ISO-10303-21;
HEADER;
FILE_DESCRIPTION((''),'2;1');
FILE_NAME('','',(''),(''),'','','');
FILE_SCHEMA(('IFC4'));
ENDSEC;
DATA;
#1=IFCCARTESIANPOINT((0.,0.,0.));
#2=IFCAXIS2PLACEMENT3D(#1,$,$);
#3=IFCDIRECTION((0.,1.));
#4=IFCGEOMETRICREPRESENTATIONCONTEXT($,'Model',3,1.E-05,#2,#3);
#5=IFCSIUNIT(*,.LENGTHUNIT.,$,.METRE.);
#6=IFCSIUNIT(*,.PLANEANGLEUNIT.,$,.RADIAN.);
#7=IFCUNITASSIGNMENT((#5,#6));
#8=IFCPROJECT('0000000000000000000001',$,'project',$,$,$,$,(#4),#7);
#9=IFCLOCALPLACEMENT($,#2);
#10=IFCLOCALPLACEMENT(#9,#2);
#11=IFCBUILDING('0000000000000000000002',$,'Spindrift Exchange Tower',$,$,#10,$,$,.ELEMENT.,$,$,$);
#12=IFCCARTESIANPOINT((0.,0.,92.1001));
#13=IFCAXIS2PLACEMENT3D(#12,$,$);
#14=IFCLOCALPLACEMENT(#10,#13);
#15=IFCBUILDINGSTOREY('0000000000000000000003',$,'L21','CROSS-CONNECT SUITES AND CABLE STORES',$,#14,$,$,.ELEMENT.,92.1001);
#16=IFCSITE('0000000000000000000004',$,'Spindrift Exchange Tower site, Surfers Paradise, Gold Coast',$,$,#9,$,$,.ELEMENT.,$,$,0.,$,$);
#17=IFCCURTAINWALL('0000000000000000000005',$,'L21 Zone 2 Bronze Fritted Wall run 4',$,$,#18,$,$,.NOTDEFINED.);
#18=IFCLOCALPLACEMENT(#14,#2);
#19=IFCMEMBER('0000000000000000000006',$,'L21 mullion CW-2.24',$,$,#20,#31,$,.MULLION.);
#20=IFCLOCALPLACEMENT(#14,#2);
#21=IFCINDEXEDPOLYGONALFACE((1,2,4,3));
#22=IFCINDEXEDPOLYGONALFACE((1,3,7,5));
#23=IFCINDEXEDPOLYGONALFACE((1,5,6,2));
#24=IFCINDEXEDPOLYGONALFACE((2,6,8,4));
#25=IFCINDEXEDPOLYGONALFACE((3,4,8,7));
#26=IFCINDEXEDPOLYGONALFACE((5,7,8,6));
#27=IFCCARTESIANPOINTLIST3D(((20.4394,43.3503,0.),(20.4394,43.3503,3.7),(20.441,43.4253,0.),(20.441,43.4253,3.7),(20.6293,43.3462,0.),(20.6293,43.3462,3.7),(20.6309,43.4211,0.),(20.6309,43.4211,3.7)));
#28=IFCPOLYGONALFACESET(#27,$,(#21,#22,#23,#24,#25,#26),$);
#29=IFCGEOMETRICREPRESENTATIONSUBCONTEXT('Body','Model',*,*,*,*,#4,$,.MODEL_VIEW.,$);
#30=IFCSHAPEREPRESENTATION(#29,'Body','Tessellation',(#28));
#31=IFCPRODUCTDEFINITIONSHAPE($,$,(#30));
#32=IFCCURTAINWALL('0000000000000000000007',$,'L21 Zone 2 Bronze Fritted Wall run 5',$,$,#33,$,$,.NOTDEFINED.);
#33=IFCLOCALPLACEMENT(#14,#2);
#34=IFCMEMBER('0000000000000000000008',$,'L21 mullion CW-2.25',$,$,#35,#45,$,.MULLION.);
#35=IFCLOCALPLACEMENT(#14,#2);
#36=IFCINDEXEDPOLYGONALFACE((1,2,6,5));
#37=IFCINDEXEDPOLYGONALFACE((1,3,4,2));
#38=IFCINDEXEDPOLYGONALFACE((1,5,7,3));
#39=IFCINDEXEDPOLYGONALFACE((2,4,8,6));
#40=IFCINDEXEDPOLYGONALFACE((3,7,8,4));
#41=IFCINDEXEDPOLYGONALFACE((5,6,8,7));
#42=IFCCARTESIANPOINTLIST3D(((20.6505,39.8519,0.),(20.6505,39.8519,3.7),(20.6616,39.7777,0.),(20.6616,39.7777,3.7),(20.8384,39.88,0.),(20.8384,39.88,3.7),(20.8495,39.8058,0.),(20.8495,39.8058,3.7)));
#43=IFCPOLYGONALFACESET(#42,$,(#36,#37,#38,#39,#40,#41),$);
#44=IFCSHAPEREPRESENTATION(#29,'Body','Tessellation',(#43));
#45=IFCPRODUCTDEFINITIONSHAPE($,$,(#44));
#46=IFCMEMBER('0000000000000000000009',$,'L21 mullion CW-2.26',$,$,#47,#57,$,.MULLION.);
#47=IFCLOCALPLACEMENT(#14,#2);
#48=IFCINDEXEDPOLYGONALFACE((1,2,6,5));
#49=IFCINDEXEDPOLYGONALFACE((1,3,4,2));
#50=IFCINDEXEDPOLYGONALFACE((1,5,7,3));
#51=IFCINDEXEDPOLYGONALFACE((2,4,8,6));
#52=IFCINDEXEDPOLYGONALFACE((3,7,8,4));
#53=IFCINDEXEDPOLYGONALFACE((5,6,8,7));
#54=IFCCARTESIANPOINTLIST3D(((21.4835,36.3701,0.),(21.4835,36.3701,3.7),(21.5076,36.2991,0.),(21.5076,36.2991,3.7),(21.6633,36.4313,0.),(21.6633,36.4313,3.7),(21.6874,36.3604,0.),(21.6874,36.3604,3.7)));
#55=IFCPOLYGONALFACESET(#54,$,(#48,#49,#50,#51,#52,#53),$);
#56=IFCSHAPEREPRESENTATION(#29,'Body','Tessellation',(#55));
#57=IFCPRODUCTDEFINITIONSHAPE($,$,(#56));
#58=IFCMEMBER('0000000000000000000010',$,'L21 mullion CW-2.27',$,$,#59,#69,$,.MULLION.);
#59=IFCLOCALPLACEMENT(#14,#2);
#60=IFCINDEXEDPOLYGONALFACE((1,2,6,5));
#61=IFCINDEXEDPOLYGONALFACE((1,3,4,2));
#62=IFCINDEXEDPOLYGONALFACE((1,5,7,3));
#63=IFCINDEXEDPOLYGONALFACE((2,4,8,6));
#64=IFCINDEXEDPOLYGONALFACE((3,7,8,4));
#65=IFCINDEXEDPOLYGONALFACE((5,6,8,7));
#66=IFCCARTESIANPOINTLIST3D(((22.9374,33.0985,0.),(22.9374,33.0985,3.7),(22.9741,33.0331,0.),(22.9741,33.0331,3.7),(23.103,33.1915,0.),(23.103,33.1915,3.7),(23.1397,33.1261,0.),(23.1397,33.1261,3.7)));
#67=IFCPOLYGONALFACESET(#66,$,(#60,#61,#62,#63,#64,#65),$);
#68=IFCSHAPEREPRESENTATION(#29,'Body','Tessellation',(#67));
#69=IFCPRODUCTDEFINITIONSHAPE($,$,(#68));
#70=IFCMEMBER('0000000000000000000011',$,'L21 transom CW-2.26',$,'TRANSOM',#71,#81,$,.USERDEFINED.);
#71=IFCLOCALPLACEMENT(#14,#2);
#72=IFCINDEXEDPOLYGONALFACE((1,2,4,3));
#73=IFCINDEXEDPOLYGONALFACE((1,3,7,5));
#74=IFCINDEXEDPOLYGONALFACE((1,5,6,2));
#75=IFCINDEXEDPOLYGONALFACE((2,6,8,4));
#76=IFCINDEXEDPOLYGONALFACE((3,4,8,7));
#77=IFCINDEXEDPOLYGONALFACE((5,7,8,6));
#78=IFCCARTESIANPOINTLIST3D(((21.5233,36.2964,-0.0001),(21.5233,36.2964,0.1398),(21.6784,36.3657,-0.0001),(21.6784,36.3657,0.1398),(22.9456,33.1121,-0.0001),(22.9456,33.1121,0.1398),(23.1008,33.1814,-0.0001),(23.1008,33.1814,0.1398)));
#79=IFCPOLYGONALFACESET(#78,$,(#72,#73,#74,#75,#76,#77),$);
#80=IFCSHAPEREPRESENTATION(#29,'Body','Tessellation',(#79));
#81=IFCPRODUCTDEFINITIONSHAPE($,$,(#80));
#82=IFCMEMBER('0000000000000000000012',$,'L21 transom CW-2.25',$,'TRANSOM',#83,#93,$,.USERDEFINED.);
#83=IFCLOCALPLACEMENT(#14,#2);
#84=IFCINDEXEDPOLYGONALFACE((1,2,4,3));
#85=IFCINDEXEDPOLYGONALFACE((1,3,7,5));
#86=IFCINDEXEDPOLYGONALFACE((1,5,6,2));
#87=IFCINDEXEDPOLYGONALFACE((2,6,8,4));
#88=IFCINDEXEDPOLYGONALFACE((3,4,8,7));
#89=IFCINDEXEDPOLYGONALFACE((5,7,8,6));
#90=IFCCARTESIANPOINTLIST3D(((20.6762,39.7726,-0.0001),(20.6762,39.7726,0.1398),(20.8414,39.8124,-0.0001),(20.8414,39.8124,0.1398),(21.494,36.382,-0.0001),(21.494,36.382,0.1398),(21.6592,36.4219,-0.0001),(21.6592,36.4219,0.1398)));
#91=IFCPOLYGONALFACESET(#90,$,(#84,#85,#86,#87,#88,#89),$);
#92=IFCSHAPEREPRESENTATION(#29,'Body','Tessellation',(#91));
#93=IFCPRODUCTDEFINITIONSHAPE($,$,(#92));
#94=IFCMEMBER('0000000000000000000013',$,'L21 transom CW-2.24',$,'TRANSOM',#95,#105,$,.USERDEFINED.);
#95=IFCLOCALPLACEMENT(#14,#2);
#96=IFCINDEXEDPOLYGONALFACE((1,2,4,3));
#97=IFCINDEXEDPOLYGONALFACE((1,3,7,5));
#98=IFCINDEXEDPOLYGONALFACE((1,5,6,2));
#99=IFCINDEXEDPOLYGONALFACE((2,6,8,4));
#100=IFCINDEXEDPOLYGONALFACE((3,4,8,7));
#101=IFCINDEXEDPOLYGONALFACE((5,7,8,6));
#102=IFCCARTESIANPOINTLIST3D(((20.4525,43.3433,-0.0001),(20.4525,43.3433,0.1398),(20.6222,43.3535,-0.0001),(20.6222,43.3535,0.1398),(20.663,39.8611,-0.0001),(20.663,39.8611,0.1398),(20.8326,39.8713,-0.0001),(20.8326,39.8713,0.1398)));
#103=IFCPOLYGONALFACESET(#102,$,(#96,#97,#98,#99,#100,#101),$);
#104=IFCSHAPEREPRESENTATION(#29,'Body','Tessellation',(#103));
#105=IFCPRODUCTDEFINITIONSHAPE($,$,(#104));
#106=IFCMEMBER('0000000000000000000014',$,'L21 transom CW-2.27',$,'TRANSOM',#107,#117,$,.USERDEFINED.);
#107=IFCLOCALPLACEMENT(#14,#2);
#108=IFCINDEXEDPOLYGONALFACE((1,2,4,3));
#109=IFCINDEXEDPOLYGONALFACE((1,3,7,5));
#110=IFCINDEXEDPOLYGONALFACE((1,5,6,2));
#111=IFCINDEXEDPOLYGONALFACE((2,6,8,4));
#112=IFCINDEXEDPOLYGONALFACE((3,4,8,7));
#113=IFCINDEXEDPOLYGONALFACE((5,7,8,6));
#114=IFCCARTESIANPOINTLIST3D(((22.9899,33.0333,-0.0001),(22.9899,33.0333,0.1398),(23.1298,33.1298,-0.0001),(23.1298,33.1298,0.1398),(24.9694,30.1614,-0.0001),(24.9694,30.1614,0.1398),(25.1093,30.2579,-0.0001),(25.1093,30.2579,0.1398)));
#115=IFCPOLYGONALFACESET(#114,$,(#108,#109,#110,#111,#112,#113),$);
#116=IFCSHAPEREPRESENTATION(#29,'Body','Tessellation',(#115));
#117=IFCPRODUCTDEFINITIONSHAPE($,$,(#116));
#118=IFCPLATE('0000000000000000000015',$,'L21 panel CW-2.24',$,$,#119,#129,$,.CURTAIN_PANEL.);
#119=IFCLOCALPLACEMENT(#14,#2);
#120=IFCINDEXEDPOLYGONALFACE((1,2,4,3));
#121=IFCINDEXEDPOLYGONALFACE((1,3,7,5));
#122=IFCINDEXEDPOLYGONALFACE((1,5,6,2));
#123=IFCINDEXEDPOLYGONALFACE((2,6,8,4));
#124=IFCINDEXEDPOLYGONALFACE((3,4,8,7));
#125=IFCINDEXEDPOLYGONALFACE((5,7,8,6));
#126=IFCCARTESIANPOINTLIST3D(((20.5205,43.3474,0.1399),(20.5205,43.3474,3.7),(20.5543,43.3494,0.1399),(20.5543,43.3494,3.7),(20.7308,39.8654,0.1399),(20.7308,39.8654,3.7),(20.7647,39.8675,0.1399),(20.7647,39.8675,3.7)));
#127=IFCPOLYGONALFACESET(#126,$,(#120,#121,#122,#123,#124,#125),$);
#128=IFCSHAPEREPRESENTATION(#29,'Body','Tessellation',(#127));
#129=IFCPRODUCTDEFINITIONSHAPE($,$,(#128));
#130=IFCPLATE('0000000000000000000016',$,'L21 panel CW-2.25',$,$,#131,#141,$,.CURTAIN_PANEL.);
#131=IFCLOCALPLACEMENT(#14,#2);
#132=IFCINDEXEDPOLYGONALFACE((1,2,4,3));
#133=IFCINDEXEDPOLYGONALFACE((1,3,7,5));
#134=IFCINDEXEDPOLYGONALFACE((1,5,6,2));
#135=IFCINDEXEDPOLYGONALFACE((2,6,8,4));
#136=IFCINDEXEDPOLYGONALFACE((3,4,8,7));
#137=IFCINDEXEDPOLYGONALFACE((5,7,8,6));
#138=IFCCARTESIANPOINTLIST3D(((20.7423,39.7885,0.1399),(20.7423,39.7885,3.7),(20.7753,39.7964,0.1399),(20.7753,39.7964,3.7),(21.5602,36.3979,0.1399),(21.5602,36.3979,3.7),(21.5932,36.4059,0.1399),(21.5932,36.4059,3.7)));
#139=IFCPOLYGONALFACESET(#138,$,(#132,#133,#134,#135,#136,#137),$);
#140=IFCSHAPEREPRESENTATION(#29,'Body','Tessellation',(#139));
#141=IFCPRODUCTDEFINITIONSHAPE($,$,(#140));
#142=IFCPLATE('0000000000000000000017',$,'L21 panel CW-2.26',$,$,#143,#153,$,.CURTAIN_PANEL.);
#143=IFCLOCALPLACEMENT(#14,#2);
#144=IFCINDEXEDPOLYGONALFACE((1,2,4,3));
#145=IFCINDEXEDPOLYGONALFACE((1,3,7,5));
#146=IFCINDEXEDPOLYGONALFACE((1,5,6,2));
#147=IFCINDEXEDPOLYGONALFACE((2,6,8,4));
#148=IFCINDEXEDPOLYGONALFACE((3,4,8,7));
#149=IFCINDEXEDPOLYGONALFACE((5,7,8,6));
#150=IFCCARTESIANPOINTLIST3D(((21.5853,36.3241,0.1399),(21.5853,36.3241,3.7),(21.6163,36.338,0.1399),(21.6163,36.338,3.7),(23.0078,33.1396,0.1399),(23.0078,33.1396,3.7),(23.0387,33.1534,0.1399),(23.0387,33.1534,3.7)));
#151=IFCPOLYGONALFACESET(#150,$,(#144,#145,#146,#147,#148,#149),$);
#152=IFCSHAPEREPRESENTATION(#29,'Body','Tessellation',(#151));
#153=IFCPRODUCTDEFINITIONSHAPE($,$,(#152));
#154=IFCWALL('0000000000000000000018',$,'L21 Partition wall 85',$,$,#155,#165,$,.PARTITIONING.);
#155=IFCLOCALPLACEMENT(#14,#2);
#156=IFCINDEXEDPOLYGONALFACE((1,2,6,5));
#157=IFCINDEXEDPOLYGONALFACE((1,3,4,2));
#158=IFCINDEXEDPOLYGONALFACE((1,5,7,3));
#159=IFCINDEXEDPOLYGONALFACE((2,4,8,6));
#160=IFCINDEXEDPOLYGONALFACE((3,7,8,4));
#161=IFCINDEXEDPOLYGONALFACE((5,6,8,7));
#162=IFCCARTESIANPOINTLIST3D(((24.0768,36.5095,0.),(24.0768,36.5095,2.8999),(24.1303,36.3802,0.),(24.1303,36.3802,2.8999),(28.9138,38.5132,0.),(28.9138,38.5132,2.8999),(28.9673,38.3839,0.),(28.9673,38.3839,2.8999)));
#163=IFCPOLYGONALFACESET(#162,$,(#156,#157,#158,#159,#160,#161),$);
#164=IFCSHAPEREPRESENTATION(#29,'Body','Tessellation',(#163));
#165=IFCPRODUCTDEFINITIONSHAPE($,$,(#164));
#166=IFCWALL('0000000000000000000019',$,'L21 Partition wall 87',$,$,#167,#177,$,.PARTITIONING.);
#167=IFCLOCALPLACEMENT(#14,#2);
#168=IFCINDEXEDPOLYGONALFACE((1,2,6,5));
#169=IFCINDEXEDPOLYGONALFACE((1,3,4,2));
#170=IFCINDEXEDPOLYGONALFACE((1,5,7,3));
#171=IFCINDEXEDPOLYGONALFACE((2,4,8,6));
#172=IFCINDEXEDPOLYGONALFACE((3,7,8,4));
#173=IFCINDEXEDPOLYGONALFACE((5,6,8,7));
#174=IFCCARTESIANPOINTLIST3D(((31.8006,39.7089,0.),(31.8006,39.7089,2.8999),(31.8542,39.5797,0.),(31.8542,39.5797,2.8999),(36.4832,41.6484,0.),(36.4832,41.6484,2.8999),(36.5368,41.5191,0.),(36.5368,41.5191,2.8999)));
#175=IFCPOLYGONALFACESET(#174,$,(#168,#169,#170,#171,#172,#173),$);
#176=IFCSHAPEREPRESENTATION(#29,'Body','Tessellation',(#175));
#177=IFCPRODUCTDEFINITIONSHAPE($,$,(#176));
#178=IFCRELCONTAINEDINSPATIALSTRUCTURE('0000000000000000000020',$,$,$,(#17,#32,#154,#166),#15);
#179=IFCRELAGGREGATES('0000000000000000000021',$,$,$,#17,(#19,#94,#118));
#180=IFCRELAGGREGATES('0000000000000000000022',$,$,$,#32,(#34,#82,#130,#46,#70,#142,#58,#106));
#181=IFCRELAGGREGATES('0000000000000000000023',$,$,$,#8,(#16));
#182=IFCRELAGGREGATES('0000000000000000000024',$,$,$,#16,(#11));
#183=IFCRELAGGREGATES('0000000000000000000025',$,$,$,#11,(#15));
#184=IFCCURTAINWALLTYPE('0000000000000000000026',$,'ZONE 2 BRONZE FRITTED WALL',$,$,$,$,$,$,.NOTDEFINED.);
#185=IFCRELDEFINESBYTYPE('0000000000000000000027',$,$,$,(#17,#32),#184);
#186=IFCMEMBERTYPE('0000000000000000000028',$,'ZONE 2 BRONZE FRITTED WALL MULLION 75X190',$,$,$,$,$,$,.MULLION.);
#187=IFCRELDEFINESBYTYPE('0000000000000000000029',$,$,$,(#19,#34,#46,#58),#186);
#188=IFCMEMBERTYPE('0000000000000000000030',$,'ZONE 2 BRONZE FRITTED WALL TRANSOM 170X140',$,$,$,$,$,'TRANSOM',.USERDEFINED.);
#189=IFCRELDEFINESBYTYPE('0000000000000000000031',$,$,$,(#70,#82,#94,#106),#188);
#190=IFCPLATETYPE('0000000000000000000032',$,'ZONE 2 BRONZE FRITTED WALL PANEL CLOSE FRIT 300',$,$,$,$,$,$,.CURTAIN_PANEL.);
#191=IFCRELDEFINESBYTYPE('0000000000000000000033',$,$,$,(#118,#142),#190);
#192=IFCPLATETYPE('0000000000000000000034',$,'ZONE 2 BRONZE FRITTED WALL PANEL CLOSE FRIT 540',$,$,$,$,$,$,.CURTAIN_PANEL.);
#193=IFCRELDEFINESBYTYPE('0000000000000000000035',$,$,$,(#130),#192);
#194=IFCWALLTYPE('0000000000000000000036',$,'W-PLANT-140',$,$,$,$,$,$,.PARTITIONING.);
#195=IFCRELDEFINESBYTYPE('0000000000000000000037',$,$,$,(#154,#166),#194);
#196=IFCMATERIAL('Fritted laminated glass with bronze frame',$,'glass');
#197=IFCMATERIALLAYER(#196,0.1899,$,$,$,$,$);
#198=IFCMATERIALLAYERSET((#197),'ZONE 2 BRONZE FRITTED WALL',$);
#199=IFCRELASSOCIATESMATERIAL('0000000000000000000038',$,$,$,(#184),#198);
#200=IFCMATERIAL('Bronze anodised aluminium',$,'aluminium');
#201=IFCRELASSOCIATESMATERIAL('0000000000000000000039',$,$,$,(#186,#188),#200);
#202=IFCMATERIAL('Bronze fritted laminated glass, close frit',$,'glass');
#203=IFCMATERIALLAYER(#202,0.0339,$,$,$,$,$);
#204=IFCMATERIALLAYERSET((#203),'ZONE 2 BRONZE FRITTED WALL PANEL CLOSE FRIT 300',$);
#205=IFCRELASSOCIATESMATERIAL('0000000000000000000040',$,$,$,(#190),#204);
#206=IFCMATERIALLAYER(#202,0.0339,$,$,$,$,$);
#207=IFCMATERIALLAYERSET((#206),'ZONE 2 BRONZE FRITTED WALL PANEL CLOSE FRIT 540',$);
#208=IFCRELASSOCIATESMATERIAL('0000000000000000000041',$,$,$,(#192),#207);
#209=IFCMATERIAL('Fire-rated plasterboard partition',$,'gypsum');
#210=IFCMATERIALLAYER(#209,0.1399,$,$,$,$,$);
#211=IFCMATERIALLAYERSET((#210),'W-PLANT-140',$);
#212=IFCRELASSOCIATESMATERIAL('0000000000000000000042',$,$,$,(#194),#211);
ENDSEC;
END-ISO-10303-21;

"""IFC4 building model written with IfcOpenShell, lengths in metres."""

from ifc_helpers import new_model, si_unit, direction, frame, frame_2d, origin, origin_2d, place, context, subcontext, project, spatial, rectangle, extrude, source, transform, mapped, material, layer, layer_set, material_profile, profile_set, type_object, element, aggregate, save


model = new_model("IFC4")

# Units and contexts
model_context = context("Model", 3, precision=1e-05, world=origin(), true_north=direction((0.0, 1.0)))
body_context = subcontext(model_context, "Body", "Model", "MODEL_VIEW")
ifc_project = project(units=[si_unit("LENGTHUNIT", "METRE"), si_unit("PLANEANGLEUNIT", "RADIAN")], contexts=[model_context])

# Site, building, storey
site_placement = place(None, origin())
site = spatial("IfcSite", under=ifc_project, at=site_placement, Name="Spindrift Exchange Tower site, Surfers Paradise, Gold Coast", CompositionType="ELEMENT", RefElevation=0.0)
building_placement = place(site_placement, origin())
building = spatial("IfcBuilding", under=site, at=building_placement, Name="Spindrift Exchange Tower", CompositionType="ELEMENT")
storey_placement = place(building_placement, frame((0.0, 0.0, 92.1001)))
storey = spatial("IfcBuildingStorey", under=building, at=storey_placement, Name="L21", Description="CROSS-CONNECT SUITES AND CABLE STORES", CompositionType="ELEMENT", Elevation=92.1001)

# Curtain wall, member
ifc_material_1 = material(Name="Fritted laminated glass with bronze frame", Category="glass")
ifc_layer_1 = layer(ifc_material_1, 0.1899)
ifc_layer_set_1 = layer_set([ifc_layer_1], Name="ZONE 2 BRONZE FRITTED WALL")
curtain_wall_type = type_object("IfcCurtainWallType", Name="ZONE 2 BRONZE FRITTED WALL", PredefinedType="NOTDEFINED", material=ifc_layer_set_1)
curtain_wall_1_placement = place(storey_placement, origin())
curtain_wall_1 = element("IfcCurtainWall", 1, at=curtain_wall_1_placement, inside=storey, type_object=curtain_wall_type, Name="L21 Zone 2 Bronze Fritted Wall run 4", PredefinedType="NOTDEFINED")
ifc_material_2 = material(Name="Bronze anodised aluminium", Category="aluminium")
ifc_material_profile_1 = material_profile(ifc_material_2, rectangle(XDim=0.075, YDim=0.1899, at=origin_2d()), Name="ZONE 2 BRONZE FRITTED WALL MULLION 75X190")
ifc_profile_set_1 = profile_set([ifc_material_profile_1], Name="Bronze anodised aluminium")
member_type_1 = type_object("IfcMemberType", Name="ZONE 2 BRONZE FRITTED WALL MULLION 75X190", PredefinedType="MULLION", material=ifc_profile_set_1)
shared_shape_1 = source(origin(), body_context, "Body", "SweptSolid", [
    extrude(rectangle(XDim=0.075, YDim=0.1899, at=origin_2d()), origin(), (0.0, 0.0, 1.0), 3.7),
])
member_1_placement = place(storey_placement, frame((20.5352, 43.3857, 0.0), z_axis=(0.0, 0.0, 1.0), x_axis=(-0.021785, -0.999763, 0.0)))
member_1 = element("IfcMember", 2, at=member_1_placement, type_object=member_type_1, Name="L21 mullion CW-2.24", PredefinedType="MULLION", context=body_context, shape_type="MappedRepresentation", body=[
    mapped(shared_shape_1, transform((0.0, 0.0, 0.0), scale=1.0)),
])

# Curtain wall, members
curtain_wall_2_placement = place(storey_placement, origin())
curtain_wall_2 = element("IfcCurtainWall", 3, at=curtain_wall_2_placement, inside=storey, type_object=curtain_wall_type, Name="L21 Zone 2 Bronze Fritted Wall run 5", PredefinedType="NOTDEFINED")
member_2_placement = place(storey_placement, frame((20.75, 39.8289, 0.0), z_axis=(0.0, 0.0, 1.0), x_axis=(0.147977, -0.988991, 0.0)))
member_2 = element("IfcMember", 4, at=member_2_placement, type_object=member_type_1, Name="L21 mullion CW-2.25", PredefinedType="MULLION", context=body_context, shape_type="MappedRepresentation", body=[
    mapped(shared_shape_1, transform((0.0, 0.0, 0.0), scale=1.0)),
])
member_3_placement = place(storey_placement, frame((21.5854, 36.3652, 0.0), z_axis=(0.0, 0.0, 1.0), x_axis=(0.322524, -0.946561, 0.0)))
member_3 = element("IfcMember", 5, at=member_3_placement, type_object=member_type_1, Name="L21 mullion CW-2.26", PredefinedType="MULLION", context=body_context, shape_type="MappedRepresentation", body=[
    mapped(shared_shape_1, transform((0.0, 0.0, 0.0), scale=1.0)),
])
member_4_placement = place(storey_placement, frame((23.0386, 33.1123, 0.0), z_axis=(0.0, 0.0, 1.0), x_axis=(0.48974, -0.871869, 0.0)))
member_4 = element("IfcMember", 6, at=member_4_placement, type_object=member_type_1, Name="L21 mullion CW-2.27", PredefinedType="MULLION", context=body_context, shape_type="MappedRepresentation", body=[
    mapped(shared_shape_1, transform((0.0, 0.0, 0.0), scale=1.0)),
])
ifc_material_profile_2 = material_profile(ifc_material_2, rectangle(XDim=0.1699, YDim=0.1399, at=origin_2d()), Name="ZONE 2 BRONZE FRITTED WALL TRANSOM 170X140")
ifc_profile_set_2 = profile_set([ifc_material_profile_2], Name="Bronze anodised aluminium")
member_type_2 = type_object("IfcMemberType", Name="ZONE 2 BRONZE FRITTED WALL TRANSOM 170X140", ElementType="TRANSOM", PredefinedType="USERDEFINED", material=ifc_profile_set_2)
shared_shape_2 = source(origin(), body_context, "Body", "SweptSolid", [
    extrude(rectangle(XDim=0.1699, YDim=0.1399, at=origin_2d()), origin(), (0.0, 0.0, 1.0), 3.4875),
])
member_5_placement = place(storey_placement, frame((21.6008, 36.3311, 0.0698), z_axis=(0.407839, -0.913054, 0.0), x_axis=(0.913054, 0.407839, 0.0)))
member_5 = element("IfcMember", 7, at=member_5_placement, type_object=member_type_2, Name="L21 transom CW-2.26", ObjectType="TRANSOM", PredefinedType="USERDEFINED", context=body_context, shape_type="MappedRepresentation", body=[
    mapped(shared_shape_2, transform((0.0, 0.0, 0.0), scale=1.0)),
])
shared_shape_3 = source(origin(), body_context, "Body", "SweptSolid", [
    extrude(rectangle(XDim=0.1699, YDim=0.1399, at=origin_2d()), origin(), (0.0, 0.0, 1.0), 3.4878),
])
member_6_placement = place(storey_placement, frame((20.7588, 39.7925, 0.0698), z_axis=(0.23449, -0.972119, 0.0), x_axis=(0.972119, 0.23449, 0.0)))
member_6 = element("IfcMember", 8, at=member_6_placement, type_object=member_type_2, Name="L21 transom CW-2.25", ObjectType="TRANSOM", PredefinedType="USERDEFINED", context=body_context, shape_type="MappedRepresentation", body=[
    mapped(shared_shape_3, transform((0.0, 0.0, 0.0), scale=1.0)),
])

# Members
shared_shape_4 = source(origin(), body_context, "Body", "SweptSolid", [
    extrude(rectangle(XDim=0.1699, YDim=0.1399, at=origin_2d()), origin(), (0.0, 0.0, 1.0), 3.4885),
])
member_7_placement = place(storey_placement, frame((20.5374, 43.3484, 0.0698), z_axis=(0.060326, -0.998179, 0.0), x_axis=(0.998179, 0.060326, 0.0)))
member_7 = element("IfcMember", 9, at=member_7_placement, type_object=member_type_2, Name="L21 transom CW-2.24", ObjectType="TRANSOM", PredefinedType="USERDEFINED", context=body_context, shape_type="MappedRepresentation", body=[
    mapped(shared_shape_4, transform((0.0, 0.0, 0.0), scale=1.0)),
])
shared_shape_5 = source(origin(), body_context, "Body", "SweptSolid", [
    extrude(rectangle(XDim=0.1699, YDim=0.1399, at=origin_2d()), origin(), (0.0, 0.0, 1.0), 3.488),
])
member_8_placement = place(storey_placement, frame((23.0598, 33.0815, 0.0698), z_axis=(0.567524, -0.823357, 0.0), x_axis=(0.823357, 0.567524, 0.0)))
member_8 = element("IfcMember", 10, at=member_8_placement, type_object=member_type_2, Name="L21 transom CW-2.27", ObjectType="TRANSOM", PredefinedType="USERDEFINED", context=body_context, shape_type="MappedRepresentation", body=[
    mapped(shared_shape_5, transform((0.0, 0.0, 0.0), scale=1.0)),
])

# Plates
ifc_material_3 = material(Name="Bronze fritted laminated glass, close frit", Category="glass")
ifc_layer_2 = layer(ifc_material_3, 0.0339)
ifc_layer_set_2 = layer_set([ifc_layer_2], Name="ZONE 2 BRONZE FRITTED WALL PANEL CLOSE FRIT 300")
plate_type_1 = type_object("IfcPlateType", Name="ZONE 2 BRONZE FRITTED WALL PANEL CLOSE FRIT 300", PredefinedType="CURTAIN_PANEL", material=ifc_layer_set_2)
shared_shape_6 = source(origin(), body_context, "Body", "SweptSolid", [
    extrude(rectangle(XDim=3.4883, YDim=0.0339, at=origin_2d()), origin(), (0.0, 0.0, 1.0), 3.5601),
])
plate_1_placement = place(storey_placement, frame((20.6426, 41.6074, 0.1399), z_axis=(0.0, 0.0, 1.0), x_axis=(0.060308, -0.99818, 0.0)))
plate_1 = element("IfcPlate", 11, at=plate_1_placement, type_object=plate_type_1, Name="L21 panel CW-2.24", PredefinedType="CURTAIN_PANEL", context=body_context, shape_type="MappedRepresentation", body=[
    mapped(shared_shape_6, transform((0.0, 0.0, 0.0), scale=1.0)),
])
aggregate(curtain_wall_1, [member_1, member_7, plate_1])
ifc_layer_3 = layer(ifc_material_3, 0.0339)
ifc_layer_set_3 = layer_set([ifc_layer_3], Name="ZONE 2 BRONZE FRITTED WALL PANEL CLOSE FRIT 540")
plate_type_2 = type_object("IfcPlateType", Name="ZONE 2 BRONZE FRITTED WALL PANEL CLOSE FRIT 540", PredefinedType="CURTAIN_PANEL", material=ifc_layer_set_3)
shared_shape_7 = source(origin(), body_context, "Body", "SweptSolid", [
    extrude(rectangle(XDim=3.4878, YDim=0.0339, at=origin_2d()), origin(), (0.0, 0.0, 1.0), 3.5601),
])
plate_2_placement = place(storey_placement, frame((21.1677, 38.0972, 0.1399), z_axis=(0.0, 0.0, 1.0), x_axis=(0.234497, -0.972117, 0.0)))
plate_2 = element("IfcPlate", 12, at=plate_2_placement, type_object=plate_type_2, Name="L21 panel CW-2.25", PredefinedType="CURTAIN_PANEL", context=body_context, shape_type="MappedRepresentation", body=[
    mapped(shared_shape_7, transform((0.0, 0.0, 0.0), scale=1.0)),
])
shared_shape_8 = source(origin(), body_context, "Body", "SweptSolid", [
    extrude(rectangle(XDim=3.4878, YDim=0.0339, at=origin_2d()), origin(), (0.0, 0.0, 1.0), 3.5601),
])
plate_3_placement = place(storey_placement, frame((22.312, 34.7388, 0.1399), z_axis=(0.0, 0.0, 1.0), x_axis=(0.407841, -0.913053, 0.0)))
plate_3 = element("IfcPlate", 13, at=plate_3_placement, type_object=plate_type_1, Name="L21 panel CW-2.26", PredefinedType="CURTAIN_PANEL", context=body_context, shape_type="MappedRepresentation", body=[
    mapped(shared_shape_8, transform((0.0, 0.0, 0.0), scale=1.0)),
])
aggregate(curtain_wall_2, [member_2, member_6, plate_2, member_3, member_5, plate_3, member_4, member_8])

# Walls
ifc_material_4 = material(Name="Fire-rated plasterboard partition", Category="gypsum")
ifc_layer_4 = layer(ifc_material_4, 0.1399)
ifc_layer_set_4 = layer_set([ifc_layer_4], Name="W-PLANT-140")
wall_type_1 = type_object("IfcWallType", Name="W-PLANT-140", PredefinedType="PARTITIONING", material=ifc_layer_set_4)
wall_1_placement = place(storey_placement, frame((28.9404, 38.4485, 0.0), z_axis=(0.0, 0.0, 1.0), x_axis=(-0.92387, -0.382707, 0.0)))
element("IfcWall", 14, at=wall_1_placement, inside=storey, type_object=wall_type_1, Name="L21 Partition wall 85", PredefinedType="PARTITIONING", context=body_context, shape_type="SweptSolid", body=[
    extrude(rectangle(XDim=5.2356, YDim=0.1399, at=frame_2d((2.6177, 0.0))), origin(), (0.0, 0.0, 1.0), 2.8999),
])
wall_2_placement = place(storey_placement, frame((36.51, 41.5837, 0.0), z_axis=(0.0, 0.0, 1.0), x_axis=(-0.92389, -0.382658, 0.0)))
element("IfcWall", 15, at=wall_2_placement, inside=storey, type_object=wall_type_1, Name="L21 Partition wall 87", PredefinedType="PARTITIONING", context=body_context, shape_type="SweptSolid", body=[
    extrude(rectangle(XDim=5.0684, YDim=0.1399, at=frame_2d((2.5342, 0.0))), origin(), (0.0, 0.0, 1.0), 2.8999),
])

save(model, "model.ifc")
